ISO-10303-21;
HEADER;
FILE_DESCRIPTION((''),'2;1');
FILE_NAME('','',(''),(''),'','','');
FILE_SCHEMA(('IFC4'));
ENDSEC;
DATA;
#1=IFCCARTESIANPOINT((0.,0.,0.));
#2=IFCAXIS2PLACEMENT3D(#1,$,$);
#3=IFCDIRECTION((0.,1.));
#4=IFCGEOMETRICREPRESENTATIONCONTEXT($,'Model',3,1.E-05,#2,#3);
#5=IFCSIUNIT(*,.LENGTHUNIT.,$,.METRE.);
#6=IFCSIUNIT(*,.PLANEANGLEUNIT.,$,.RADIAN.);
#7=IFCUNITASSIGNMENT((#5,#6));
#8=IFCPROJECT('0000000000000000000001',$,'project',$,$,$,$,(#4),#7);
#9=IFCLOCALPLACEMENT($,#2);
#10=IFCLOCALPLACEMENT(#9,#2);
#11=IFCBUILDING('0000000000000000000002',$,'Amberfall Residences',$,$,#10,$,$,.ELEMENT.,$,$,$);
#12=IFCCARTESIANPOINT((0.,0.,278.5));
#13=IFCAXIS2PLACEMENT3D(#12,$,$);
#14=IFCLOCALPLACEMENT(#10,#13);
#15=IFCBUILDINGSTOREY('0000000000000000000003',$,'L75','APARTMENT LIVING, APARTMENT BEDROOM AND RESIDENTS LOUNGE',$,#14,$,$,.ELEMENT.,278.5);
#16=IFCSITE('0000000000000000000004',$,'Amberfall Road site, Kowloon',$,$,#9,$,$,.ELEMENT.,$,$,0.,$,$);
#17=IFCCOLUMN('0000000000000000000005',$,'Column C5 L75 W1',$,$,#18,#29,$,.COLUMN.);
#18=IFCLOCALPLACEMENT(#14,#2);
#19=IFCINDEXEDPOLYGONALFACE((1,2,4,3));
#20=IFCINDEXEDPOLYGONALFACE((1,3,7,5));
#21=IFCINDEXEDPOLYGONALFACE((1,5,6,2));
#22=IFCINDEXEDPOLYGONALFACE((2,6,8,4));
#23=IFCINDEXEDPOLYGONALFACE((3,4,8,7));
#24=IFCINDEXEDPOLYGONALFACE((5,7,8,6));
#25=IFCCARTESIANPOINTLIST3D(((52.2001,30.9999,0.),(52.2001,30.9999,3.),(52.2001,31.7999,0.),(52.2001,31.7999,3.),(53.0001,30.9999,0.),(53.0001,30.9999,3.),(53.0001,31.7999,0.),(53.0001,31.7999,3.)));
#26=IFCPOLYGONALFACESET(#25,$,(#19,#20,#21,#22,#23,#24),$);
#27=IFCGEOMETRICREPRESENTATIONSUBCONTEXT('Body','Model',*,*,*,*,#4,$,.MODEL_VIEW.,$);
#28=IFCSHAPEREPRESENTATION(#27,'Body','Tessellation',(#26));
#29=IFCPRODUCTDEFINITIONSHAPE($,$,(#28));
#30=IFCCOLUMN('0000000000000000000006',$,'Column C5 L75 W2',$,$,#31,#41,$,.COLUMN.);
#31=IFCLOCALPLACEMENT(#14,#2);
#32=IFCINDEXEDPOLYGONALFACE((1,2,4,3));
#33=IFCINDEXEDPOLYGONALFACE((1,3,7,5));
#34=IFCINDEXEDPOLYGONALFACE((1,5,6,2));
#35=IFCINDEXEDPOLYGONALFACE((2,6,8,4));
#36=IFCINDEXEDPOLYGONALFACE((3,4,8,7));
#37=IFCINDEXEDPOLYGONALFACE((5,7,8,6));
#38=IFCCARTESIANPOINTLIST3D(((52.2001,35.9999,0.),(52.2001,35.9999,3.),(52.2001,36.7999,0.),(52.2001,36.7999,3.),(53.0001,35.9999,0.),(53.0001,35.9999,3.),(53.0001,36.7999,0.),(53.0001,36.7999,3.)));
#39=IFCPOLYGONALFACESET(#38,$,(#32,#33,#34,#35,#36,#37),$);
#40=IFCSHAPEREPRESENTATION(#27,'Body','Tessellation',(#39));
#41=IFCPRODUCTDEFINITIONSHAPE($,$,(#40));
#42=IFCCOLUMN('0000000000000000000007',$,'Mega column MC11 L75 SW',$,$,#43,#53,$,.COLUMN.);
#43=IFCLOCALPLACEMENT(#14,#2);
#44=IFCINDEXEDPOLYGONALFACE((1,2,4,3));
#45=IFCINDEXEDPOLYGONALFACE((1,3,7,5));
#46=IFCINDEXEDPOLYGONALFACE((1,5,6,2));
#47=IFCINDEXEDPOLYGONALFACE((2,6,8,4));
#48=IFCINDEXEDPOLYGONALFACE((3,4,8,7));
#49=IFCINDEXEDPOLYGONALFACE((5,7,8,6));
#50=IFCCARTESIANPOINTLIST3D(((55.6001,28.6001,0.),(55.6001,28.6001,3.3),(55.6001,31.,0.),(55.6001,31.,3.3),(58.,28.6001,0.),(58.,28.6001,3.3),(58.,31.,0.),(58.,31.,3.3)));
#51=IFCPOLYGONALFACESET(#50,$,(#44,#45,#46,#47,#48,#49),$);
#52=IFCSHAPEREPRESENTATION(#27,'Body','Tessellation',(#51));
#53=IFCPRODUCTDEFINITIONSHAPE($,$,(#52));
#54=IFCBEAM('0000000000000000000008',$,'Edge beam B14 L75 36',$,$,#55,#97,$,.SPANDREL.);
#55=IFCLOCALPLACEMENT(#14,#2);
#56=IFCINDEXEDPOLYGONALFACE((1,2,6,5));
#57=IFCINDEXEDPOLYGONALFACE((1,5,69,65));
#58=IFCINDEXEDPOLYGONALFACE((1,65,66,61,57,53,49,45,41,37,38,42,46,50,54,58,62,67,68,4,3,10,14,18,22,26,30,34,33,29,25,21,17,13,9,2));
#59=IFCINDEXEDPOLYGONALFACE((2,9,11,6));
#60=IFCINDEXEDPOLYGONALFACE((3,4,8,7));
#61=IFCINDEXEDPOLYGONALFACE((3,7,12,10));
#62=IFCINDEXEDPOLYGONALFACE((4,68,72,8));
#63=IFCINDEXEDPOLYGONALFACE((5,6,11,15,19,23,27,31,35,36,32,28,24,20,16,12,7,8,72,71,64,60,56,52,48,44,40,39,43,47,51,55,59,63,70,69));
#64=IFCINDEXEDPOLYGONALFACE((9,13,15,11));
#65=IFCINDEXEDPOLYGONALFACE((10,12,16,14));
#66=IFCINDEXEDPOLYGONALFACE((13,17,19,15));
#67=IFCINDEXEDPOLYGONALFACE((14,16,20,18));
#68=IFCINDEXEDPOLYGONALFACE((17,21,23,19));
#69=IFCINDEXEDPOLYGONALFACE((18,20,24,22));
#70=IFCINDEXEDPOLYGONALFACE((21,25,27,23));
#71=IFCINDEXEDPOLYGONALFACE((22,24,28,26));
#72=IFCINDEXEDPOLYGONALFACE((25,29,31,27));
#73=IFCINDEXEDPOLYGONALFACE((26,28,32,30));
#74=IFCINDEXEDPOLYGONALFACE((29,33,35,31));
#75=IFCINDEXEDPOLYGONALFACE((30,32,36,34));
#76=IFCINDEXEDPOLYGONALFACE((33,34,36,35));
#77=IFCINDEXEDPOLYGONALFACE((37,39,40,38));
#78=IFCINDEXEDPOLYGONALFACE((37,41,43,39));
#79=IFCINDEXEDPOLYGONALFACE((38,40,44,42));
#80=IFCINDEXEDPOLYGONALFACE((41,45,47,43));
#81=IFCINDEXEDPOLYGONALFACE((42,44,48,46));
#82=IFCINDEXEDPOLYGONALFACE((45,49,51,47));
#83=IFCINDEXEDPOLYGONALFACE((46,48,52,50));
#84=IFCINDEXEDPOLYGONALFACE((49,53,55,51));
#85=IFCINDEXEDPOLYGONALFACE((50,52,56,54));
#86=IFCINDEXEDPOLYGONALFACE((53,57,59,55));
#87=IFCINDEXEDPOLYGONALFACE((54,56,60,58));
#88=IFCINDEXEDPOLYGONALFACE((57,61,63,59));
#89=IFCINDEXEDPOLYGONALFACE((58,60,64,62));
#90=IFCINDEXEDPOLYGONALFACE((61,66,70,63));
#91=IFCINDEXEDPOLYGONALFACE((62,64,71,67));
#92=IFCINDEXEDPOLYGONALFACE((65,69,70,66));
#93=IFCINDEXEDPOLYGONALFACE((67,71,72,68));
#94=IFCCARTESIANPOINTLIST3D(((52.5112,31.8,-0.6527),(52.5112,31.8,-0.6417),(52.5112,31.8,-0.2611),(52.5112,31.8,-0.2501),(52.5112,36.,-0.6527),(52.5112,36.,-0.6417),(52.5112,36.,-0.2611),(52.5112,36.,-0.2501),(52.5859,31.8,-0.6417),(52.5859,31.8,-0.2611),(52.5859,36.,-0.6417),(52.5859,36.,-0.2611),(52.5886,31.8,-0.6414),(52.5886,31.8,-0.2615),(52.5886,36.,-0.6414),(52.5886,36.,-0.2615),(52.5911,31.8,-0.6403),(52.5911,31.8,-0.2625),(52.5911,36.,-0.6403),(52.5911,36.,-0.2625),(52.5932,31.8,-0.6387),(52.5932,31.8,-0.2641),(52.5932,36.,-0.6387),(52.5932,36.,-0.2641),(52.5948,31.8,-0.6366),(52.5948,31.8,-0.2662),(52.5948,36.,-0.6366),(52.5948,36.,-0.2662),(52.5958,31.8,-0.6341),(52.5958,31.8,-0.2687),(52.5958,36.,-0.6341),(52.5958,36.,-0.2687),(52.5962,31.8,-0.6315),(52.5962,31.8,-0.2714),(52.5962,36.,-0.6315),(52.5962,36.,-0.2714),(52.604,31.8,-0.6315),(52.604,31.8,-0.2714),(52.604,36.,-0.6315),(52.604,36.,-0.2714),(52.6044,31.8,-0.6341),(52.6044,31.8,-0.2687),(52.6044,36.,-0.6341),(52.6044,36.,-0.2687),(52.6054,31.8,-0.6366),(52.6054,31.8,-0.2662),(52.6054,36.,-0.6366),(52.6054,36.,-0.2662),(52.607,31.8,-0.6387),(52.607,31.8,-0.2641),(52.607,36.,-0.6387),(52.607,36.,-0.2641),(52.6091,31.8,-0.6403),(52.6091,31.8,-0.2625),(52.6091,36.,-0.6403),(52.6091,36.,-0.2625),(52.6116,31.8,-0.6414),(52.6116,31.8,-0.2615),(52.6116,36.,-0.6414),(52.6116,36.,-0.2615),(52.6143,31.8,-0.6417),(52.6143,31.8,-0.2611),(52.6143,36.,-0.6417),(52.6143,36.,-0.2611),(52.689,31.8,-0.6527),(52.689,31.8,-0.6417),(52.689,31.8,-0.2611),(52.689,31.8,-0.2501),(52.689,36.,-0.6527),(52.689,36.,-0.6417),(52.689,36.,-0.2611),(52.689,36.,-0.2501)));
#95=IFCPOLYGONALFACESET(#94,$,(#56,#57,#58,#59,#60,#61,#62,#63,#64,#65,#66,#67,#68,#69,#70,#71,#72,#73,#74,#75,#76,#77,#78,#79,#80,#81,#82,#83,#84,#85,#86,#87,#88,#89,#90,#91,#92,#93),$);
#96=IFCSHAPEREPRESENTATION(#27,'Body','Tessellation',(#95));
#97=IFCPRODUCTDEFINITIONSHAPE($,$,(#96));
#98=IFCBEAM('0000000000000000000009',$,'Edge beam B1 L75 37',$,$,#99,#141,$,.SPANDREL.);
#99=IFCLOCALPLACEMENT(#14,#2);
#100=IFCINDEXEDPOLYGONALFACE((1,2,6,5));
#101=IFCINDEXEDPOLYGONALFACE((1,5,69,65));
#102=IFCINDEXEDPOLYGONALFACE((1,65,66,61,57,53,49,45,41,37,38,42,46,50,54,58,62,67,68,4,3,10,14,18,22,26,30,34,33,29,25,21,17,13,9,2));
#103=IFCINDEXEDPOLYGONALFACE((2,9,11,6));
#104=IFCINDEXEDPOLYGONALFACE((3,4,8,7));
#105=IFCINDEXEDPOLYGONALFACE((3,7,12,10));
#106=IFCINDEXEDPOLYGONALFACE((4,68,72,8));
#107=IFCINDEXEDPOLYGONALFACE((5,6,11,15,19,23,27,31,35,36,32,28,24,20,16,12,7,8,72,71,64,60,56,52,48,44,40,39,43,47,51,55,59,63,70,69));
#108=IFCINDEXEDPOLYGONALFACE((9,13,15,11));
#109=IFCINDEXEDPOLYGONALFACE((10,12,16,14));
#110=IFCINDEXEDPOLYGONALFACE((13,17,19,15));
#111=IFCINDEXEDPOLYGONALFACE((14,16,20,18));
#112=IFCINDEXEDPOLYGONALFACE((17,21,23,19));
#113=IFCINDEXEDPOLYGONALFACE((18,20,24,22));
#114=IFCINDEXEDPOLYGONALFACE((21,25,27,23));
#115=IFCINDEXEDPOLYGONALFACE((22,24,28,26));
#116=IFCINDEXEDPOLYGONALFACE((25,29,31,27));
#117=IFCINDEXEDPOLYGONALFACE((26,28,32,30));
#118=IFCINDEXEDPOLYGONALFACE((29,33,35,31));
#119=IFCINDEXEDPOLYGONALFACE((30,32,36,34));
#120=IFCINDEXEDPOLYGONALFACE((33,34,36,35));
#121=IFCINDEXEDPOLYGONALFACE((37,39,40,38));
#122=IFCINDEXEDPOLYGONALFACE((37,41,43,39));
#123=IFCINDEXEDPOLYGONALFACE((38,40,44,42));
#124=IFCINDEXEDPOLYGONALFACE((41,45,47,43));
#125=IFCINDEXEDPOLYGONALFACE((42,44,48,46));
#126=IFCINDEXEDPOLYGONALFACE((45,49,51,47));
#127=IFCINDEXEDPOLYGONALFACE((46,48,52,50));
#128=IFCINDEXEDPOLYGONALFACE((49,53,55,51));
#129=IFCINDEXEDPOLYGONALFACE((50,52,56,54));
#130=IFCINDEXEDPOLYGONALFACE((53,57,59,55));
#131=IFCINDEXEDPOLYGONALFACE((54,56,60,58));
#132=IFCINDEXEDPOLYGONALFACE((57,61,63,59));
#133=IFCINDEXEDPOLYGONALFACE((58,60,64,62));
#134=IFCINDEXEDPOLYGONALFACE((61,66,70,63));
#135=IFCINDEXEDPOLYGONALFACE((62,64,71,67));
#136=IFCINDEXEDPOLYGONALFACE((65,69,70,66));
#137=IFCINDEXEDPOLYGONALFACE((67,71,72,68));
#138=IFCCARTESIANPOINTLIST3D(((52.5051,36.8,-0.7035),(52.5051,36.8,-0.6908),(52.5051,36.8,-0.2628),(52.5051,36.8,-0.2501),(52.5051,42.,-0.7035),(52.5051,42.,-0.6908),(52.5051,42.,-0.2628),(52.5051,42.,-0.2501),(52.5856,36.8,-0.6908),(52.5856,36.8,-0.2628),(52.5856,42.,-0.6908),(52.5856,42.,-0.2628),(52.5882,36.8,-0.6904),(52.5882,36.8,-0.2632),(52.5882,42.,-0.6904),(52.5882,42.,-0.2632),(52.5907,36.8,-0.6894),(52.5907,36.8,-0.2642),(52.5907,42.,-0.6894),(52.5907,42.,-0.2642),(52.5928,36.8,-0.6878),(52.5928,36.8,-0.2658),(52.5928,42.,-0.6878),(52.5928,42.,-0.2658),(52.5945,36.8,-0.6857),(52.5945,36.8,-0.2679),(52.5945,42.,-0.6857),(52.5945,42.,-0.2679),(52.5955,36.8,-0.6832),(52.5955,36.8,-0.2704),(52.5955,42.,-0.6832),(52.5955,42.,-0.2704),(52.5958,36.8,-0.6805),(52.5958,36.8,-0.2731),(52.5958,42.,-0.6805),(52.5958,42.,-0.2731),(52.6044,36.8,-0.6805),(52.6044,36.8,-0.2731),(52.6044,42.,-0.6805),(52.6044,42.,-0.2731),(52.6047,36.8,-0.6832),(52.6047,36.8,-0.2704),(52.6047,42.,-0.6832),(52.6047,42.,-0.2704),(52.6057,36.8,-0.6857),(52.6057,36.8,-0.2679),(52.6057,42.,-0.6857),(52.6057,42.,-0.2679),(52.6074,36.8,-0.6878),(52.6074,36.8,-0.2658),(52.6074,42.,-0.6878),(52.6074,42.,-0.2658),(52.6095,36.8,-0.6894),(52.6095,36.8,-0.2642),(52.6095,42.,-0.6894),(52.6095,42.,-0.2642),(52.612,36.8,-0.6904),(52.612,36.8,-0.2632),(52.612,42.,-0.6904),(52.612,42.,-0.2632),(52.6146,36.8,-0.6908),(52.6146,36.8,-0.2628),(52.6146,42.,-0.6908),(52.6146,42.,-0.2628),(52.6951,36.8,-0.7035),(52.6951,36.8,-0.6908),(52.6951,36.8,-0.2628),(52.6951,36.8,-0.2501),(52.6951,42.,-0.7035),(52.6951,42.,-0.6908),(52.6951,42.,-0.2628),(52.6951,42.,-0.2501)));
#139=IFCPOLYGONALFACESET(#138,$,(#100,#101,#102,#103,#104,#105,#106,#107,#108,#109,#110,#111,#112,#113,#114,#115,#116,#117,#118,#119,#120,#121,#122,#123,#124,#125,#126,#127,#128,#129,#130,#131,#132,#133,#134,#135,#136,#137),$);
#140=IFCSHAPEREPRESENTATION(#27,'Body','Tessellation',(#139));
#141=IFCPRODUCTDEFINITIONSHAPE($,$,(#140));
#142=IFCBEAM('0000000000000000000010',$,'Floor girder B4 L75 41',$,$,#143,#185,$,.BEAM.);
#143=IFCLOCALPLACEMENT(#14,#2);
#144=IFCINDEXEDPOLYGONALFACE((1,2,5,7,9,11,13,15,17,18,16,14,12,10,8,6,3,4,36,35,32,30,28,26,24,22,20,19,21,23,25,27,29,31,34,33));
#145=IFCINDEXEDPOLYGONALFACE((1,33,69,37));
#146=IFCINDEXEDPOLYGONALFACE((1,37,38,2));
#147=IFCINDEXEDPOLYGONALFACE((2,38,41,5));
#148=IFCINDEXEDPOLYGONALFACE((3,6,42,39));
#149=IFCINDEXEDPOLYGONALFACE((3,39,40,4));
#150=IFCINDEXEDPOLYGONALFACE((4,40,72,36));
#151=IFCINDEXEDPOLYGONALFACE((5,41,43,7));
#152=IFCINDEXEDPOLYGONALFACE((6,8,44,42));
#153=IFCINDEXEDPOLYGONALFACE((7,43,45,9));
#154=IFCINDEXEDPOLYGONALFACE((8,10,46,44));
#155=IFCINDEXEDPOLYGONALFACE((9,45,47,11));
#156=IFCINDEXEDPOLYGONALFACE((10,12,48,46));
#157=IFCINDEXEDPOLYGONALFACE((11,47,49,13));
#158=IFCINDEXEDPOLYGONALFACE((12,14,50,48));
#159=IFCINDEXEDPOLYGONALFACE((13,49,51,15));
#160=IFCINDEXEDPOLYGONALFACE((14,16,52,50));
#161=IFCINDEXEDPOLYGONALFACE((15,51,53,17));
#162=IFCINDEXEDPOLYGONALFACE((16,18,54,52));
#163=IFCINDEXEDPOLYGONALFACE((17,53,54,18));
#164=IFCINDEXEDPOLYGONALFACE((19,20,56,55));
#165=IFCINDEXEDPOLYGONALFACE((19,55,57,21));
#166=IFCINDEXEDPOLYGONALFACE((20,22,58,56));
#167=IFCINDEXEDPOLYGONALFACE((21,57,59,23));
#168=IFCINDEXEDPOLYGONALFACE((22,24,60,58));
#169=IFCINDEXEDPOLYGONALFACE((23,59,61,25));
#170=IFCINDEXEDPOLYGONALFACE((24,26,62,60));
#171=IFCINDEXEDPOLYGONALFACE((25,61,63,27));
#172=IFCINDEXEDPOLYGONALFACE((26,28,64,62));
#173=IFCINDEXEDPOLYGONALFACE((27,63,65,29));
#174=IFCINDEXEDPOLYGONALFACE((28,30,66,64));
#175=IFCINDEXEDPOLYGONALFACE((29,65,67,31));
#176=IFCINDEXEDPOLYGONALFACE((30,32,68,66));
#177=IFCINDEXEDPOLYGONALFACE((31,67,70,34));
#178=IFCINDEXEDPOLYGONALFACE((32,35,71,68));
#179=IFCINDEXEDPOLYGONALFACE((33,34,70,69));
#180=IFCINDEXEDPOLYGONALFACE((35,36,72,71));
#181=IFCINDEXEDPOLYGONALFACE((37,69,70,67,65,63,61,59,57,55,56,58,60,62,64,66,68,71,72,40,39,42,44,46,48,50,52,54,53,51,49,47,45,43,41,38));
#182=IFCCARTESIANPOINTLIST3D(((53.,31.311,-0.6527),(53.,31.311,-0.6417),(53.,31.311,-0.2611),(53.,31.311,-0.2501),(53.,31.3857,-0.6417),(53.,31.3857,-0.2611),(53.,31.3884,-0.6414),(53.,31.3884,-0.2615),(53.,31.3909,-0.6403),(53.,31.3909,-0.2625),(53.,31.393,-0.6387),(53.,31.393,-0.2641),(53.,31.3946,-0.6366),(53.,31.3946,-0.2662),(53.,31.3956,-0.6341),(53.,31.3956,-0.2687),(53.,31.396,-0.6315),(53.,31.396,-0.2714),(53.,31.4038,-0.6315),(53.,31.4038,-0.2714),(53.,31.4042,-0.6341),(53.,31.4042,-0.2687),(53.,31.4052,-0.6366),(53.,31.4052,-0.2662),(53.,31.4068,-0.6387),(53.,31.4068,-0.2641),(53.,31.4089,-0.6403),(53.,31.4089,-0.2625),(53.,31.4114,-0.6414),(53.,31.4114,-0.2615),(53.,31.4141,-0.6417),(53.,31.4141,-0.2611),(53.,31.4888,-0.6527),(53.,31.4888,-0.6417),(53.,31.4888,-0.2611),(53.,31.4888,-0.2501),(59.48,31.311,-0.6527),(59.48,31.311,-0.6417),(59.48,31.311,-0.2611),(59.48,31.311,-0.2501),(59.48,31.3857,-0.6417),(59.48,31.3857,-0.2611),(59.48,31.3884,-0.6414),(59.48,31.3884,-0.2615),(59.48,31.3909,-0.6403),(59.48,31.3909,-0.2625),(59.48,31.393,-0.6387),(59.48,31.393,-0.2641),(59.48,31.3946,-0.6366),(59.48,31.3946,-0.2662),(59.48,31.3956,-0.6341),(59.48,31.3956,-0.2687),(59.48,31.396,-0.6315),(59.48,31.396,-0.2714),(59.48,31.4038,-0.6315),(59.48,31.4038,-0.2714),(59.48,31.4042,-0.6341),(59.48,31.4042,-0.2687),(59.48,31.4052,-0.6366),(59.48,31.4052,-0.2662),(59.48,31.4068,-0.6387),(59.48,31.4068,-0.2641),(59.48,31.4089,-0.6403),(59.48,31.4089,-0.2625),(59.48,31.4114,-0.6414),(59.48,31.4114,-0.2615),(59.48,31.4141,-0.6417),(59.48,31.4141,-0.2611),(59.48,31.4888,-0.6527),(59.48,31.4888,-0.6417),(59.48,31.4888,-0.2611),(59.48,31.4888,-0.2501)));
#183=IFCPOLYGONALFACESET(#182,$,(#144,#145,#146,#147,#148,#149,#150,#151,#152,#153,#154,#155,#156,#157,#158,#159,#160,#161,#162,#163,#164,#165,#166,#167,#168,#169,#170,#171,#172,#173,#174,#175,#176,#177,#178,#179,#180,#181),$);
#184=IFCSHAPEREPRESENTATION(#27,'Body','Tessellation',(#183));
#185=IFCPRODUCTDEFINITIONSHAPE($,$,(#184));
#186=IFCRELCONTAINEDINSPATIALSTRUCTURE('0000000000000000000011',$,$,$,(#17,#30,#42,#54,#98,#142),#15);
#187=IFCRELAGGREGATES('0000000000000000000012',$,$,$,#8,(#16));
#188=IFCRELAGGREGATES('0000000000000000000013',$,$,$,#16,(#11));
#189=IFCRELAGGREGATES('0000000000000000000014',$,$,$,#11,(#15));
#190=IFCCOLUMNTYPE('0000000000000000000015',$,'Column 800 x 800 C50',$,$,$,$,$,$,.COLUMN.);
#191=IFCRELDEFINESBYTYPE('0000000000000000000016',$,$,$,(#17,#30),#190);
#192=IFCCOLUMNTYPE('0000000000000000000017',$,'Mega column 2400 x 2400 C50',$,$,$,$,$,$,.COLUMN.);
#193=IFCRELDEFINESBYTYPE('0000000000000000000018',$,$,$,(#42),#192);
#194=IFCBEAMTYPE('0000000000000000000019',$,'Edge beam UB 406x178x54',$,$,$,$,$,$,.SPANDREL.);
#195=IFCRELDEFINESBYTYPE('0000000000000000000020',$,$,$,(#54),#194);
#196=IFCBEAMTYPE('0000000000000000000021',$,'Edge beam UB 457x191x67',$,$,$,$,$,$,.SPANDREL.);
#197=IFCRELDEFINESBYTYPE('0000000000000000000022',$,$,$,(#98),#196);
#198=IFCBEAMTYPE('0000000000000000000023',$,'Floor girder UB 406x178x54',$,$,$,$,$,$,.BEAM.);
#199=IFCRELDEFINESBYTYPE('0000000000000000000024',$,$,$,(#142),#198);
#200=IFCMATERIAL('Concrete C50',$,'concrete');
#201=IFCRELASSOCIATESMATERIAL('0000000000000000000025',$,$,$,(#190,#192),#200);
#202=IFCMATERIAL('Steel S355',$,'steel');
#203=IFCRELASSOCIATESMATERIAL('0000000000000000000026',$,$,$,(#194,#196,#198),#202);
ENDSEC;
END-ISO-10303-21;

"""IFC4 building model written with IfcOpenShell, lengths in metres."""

from ifc_helpers import new_model, si_unit, direction, frame, origin, origin_2d, place, context, subcontext, project, spatial, rectangle, i_section, extrude, material, material_profile, profile_set, type_object, element, save


model = new_model("IFC4")

# Units and contexts
model_context = context("Model", 3, precision=1e-05, world=origin(), true_north=direction((0.0, 1.0)))
body_context = subcontext(model_context, "Body", "Model", "MODEL_VIEW")
ifc_project = project(units=[si_unit("LENGTHUNIT", "METRE"), si_unit("PLANEANGLEUNIT", "RADIAN")], contexts=[model_context])

# Site, building, storey
site_placement = place(None, origin())
site = spatial("IfcSite", under=ifc_project, at=site_placement, Name="Amberfall Road site, Kowloon", CompositionType="ELEMENT", RefElevation=0.0)
building_placement = place(site_placement, origin())
building = spatial("IfcBuilding", under=site, at=building_placement, Name="Amberfall Residences", CompositionType="ELEMENT")
storey_placement = place(building_placement, frame((0.0, 0.0, 278.5)))
storey = spatial("IfcBuildingStorey", under=building, at=storey_placement, Name="L75", Description="APARTMENT LIVING, APARTMENT BEDROOM AND RESIDENTS LOUNGE", CompositionType="ELEMENT", Elevation=278.5)

# Columns
ifc_material_1 = material(Name="Concrete C50", Category="concrete")
ifc_material_profile_1 = material_profile(ifc_material_1, rectangle(XDim=0.8, YDim=0.8, at=origin_2d()), Name="Column 800 x 800 C50")
ifc_profile_set_1 = profile_set([ifc_material_profile_1], Name="Concrete C50")
column_type_1 = type_object("IfcColumnType", Name="Column 800 x 800 C50", PredefinedType="COLUMN", material=ifc_profile_set_1)
for number, where, z_axis, x_axis, name in (
    (1, (52.6001, 31.3999, 0.0), (0.0, 0.0, 1.0), (1.0, 0.0, 0.0), "Column C5 L75 W1"),
    (2, (52.6001, 36.3999, 0.0), (0.0, 0.0, 1.0), (1.0, 0.0, 0.0), "Column C5 L75 W2"),
):
    element("IfcColumn", number, at=place(storey_placement, frame(where, z_axis=z_axis, x_axis=x_axis)), inside=storey, type_object=column_type_1, Name=name, PredefinedType="COLUMN", context=body_context, shape_type="SweptSolid", body=[
        extrude(rectangle(XDim=0.8, YDim=0.8, at=origin_2d()), origin(), (0.0, 0.0, 1.0), 3.0),
    ])
ifc_material_profile_2 = material_profile(ifc_material_1, rectangle(XDim=2.3999, YDim=2.3999, at=origin_2d()), Name="Mega column 2400 x 2400 C50")
ifc_profile_set_2 = profile_set([ifc_material_profile_2], Name="Concrete C50")
column_type_2 = type_object("IfcColumnType", Name="Mega column 2400 x 2400 C50", PredefinedType="COLUMN", material=ifc_profile_set_2)
column_placement = place(storey_placement, frame((56.8, 29.8, 0.0), z_axis=(0.0, 0.0, 1.0), x_axis=(1.0, 0.0, 0.0)))
element("IfcColumn", 3, at=column_placement, inside=storey, type_object=column_type_2, Name="Mega column MC11 L75 SW", PredefinedType="COLUMN", context=body_context, shape_type="SweptSolid", body=[
    extrude(rectangle(XDim=2.3999, YDim=2.3999, at=origin_2d()), origin(), (0.0, 0.0, 1.0), 3.3),
])

# Beams
ifc_material_2 = material(Name="Steel S355", Category="steel")
ifc_material_profile_3 = material_profile(ifc_material_2, i_section(OverallWidth=0.1777, OverallDepth=0.4026, WebThickness=0.0078, FlangeThickness=0.011, FilletRadius=0.0103, at=origin_2d()), Name="UB 406x178x54")
ifc_profile_set_3 = profile_set([ifc_material_profile_3], Name="Steel S355")
beam_type_1 = type_object("IfcBeamType", Name="Edge beam UB 406x178x54", PredefinedType="SPANDREL", material=ifc_profile_set_3)
beam_1_placement = place(storey_placement, frame((52.6001, 31.8, -0.4514), z_axis=(0.0, 1.0, 0.0), x_axis=(-1.0, 0.0, 0.0)))
element("IfcBeam", 4, at=beam_1_placement, inside=storey, type_object=beam_type_1, Name="Edge beam B14 L75 36", PredefinedType="SPANDREL", context=body_context, shape_type="SweptSolid", body=[
    extrude(i_section(OverallWidth=0.1777, OverallDepth=0.4026, WebThickness=0.0078, FlangeThickness=0.011, FilletRadius=0.0103, at=origin_2d()), origin(), (0.0, 0.0, 1.0), 4.2),
])
ifc_material_profile_4 = material_profile(ifc_material_2, i_section(OverallWidth=0.1899, OverallDepth=0.4534, WebThickness=0.0085, FlangeThickness=0.0127, FilletRadius=0.0103, at=origin_2d()), Name="UB 457x191x67")
ifc_profile_set_4 = profile_set([ifc_material_profile_4], Name="Steel S355")
beam_type_2 = type_object("IfcBeamType", Name="Edge beam UB 457x191x67", PredefinedType="SPANDREL", material=ifc_profile_set_4)
beam_2_placement = place(storey_placement, frame((52.6001, 36.8, -0.4768), z_axis=(0.0, 1.0, 0.0), x_axis=(-1.0, 0.0, 0.0)))
element("IfcBeam", 5, at=beam_2_placement, inside=storey, type_object=beam_type_2, Name="Edge beam B1 L75 37", PredefinedType="SPANDREL", context=body_context, shape_type="SweptSolid", body=[
    extrude(i_section(OverallWidth=0.1899, OverallDepth=0.4534, WebThickness=0.0085, FlangeThickness=0.0127, FilletRadius=0.0103, at=origin_2d()), origin(), (0.0, 0.0, 1.0), 5.2),
])
ifc_material_profile_5 = material_profile(ifc_material_2, i_section(OverallWidth=0.1777, OverallDepth=0.4026, WebThickness=0.0078, FlangeThickness=0.011, FilletRadius=0.0103, at=origin_2d()), Name="UB 406x178x54")
ifc_profile_set_5 = profile_set([ifc_material_profile_5], Name="Steel S355")
beam_type_3 = type_object("IfcBeamType", Name="Floor girder UB 406x178x54", PredefinedType="BEAM", material=ifc_profile_set_5)
beam_3_placement = place(storey_placement, frame((53.0, 31.3999, -0.4514), z_axis=(1.0, 0.0, 0.0), x_axis=(0.0, 1.0, 0.0)))
element("IfcBeam", 6, at=beam_3_placement, inside=storey, type_object=beam_type_3, Name="Floor girder B4 L75 41", PredefinedType="BEAM", context=body_context, shape_type="SweptSolid", body=[
    extrude(i_section(OverallWidth=0.1777, OverallDepth=0.4026, WebThickness=0.0078, FlangeThickness=0.011, FilletRadius=0.0103, at=origin_2d()), origin(), (0.0, 0.0, 1.0), 6.48),
])

save(model, "model.ifc")
